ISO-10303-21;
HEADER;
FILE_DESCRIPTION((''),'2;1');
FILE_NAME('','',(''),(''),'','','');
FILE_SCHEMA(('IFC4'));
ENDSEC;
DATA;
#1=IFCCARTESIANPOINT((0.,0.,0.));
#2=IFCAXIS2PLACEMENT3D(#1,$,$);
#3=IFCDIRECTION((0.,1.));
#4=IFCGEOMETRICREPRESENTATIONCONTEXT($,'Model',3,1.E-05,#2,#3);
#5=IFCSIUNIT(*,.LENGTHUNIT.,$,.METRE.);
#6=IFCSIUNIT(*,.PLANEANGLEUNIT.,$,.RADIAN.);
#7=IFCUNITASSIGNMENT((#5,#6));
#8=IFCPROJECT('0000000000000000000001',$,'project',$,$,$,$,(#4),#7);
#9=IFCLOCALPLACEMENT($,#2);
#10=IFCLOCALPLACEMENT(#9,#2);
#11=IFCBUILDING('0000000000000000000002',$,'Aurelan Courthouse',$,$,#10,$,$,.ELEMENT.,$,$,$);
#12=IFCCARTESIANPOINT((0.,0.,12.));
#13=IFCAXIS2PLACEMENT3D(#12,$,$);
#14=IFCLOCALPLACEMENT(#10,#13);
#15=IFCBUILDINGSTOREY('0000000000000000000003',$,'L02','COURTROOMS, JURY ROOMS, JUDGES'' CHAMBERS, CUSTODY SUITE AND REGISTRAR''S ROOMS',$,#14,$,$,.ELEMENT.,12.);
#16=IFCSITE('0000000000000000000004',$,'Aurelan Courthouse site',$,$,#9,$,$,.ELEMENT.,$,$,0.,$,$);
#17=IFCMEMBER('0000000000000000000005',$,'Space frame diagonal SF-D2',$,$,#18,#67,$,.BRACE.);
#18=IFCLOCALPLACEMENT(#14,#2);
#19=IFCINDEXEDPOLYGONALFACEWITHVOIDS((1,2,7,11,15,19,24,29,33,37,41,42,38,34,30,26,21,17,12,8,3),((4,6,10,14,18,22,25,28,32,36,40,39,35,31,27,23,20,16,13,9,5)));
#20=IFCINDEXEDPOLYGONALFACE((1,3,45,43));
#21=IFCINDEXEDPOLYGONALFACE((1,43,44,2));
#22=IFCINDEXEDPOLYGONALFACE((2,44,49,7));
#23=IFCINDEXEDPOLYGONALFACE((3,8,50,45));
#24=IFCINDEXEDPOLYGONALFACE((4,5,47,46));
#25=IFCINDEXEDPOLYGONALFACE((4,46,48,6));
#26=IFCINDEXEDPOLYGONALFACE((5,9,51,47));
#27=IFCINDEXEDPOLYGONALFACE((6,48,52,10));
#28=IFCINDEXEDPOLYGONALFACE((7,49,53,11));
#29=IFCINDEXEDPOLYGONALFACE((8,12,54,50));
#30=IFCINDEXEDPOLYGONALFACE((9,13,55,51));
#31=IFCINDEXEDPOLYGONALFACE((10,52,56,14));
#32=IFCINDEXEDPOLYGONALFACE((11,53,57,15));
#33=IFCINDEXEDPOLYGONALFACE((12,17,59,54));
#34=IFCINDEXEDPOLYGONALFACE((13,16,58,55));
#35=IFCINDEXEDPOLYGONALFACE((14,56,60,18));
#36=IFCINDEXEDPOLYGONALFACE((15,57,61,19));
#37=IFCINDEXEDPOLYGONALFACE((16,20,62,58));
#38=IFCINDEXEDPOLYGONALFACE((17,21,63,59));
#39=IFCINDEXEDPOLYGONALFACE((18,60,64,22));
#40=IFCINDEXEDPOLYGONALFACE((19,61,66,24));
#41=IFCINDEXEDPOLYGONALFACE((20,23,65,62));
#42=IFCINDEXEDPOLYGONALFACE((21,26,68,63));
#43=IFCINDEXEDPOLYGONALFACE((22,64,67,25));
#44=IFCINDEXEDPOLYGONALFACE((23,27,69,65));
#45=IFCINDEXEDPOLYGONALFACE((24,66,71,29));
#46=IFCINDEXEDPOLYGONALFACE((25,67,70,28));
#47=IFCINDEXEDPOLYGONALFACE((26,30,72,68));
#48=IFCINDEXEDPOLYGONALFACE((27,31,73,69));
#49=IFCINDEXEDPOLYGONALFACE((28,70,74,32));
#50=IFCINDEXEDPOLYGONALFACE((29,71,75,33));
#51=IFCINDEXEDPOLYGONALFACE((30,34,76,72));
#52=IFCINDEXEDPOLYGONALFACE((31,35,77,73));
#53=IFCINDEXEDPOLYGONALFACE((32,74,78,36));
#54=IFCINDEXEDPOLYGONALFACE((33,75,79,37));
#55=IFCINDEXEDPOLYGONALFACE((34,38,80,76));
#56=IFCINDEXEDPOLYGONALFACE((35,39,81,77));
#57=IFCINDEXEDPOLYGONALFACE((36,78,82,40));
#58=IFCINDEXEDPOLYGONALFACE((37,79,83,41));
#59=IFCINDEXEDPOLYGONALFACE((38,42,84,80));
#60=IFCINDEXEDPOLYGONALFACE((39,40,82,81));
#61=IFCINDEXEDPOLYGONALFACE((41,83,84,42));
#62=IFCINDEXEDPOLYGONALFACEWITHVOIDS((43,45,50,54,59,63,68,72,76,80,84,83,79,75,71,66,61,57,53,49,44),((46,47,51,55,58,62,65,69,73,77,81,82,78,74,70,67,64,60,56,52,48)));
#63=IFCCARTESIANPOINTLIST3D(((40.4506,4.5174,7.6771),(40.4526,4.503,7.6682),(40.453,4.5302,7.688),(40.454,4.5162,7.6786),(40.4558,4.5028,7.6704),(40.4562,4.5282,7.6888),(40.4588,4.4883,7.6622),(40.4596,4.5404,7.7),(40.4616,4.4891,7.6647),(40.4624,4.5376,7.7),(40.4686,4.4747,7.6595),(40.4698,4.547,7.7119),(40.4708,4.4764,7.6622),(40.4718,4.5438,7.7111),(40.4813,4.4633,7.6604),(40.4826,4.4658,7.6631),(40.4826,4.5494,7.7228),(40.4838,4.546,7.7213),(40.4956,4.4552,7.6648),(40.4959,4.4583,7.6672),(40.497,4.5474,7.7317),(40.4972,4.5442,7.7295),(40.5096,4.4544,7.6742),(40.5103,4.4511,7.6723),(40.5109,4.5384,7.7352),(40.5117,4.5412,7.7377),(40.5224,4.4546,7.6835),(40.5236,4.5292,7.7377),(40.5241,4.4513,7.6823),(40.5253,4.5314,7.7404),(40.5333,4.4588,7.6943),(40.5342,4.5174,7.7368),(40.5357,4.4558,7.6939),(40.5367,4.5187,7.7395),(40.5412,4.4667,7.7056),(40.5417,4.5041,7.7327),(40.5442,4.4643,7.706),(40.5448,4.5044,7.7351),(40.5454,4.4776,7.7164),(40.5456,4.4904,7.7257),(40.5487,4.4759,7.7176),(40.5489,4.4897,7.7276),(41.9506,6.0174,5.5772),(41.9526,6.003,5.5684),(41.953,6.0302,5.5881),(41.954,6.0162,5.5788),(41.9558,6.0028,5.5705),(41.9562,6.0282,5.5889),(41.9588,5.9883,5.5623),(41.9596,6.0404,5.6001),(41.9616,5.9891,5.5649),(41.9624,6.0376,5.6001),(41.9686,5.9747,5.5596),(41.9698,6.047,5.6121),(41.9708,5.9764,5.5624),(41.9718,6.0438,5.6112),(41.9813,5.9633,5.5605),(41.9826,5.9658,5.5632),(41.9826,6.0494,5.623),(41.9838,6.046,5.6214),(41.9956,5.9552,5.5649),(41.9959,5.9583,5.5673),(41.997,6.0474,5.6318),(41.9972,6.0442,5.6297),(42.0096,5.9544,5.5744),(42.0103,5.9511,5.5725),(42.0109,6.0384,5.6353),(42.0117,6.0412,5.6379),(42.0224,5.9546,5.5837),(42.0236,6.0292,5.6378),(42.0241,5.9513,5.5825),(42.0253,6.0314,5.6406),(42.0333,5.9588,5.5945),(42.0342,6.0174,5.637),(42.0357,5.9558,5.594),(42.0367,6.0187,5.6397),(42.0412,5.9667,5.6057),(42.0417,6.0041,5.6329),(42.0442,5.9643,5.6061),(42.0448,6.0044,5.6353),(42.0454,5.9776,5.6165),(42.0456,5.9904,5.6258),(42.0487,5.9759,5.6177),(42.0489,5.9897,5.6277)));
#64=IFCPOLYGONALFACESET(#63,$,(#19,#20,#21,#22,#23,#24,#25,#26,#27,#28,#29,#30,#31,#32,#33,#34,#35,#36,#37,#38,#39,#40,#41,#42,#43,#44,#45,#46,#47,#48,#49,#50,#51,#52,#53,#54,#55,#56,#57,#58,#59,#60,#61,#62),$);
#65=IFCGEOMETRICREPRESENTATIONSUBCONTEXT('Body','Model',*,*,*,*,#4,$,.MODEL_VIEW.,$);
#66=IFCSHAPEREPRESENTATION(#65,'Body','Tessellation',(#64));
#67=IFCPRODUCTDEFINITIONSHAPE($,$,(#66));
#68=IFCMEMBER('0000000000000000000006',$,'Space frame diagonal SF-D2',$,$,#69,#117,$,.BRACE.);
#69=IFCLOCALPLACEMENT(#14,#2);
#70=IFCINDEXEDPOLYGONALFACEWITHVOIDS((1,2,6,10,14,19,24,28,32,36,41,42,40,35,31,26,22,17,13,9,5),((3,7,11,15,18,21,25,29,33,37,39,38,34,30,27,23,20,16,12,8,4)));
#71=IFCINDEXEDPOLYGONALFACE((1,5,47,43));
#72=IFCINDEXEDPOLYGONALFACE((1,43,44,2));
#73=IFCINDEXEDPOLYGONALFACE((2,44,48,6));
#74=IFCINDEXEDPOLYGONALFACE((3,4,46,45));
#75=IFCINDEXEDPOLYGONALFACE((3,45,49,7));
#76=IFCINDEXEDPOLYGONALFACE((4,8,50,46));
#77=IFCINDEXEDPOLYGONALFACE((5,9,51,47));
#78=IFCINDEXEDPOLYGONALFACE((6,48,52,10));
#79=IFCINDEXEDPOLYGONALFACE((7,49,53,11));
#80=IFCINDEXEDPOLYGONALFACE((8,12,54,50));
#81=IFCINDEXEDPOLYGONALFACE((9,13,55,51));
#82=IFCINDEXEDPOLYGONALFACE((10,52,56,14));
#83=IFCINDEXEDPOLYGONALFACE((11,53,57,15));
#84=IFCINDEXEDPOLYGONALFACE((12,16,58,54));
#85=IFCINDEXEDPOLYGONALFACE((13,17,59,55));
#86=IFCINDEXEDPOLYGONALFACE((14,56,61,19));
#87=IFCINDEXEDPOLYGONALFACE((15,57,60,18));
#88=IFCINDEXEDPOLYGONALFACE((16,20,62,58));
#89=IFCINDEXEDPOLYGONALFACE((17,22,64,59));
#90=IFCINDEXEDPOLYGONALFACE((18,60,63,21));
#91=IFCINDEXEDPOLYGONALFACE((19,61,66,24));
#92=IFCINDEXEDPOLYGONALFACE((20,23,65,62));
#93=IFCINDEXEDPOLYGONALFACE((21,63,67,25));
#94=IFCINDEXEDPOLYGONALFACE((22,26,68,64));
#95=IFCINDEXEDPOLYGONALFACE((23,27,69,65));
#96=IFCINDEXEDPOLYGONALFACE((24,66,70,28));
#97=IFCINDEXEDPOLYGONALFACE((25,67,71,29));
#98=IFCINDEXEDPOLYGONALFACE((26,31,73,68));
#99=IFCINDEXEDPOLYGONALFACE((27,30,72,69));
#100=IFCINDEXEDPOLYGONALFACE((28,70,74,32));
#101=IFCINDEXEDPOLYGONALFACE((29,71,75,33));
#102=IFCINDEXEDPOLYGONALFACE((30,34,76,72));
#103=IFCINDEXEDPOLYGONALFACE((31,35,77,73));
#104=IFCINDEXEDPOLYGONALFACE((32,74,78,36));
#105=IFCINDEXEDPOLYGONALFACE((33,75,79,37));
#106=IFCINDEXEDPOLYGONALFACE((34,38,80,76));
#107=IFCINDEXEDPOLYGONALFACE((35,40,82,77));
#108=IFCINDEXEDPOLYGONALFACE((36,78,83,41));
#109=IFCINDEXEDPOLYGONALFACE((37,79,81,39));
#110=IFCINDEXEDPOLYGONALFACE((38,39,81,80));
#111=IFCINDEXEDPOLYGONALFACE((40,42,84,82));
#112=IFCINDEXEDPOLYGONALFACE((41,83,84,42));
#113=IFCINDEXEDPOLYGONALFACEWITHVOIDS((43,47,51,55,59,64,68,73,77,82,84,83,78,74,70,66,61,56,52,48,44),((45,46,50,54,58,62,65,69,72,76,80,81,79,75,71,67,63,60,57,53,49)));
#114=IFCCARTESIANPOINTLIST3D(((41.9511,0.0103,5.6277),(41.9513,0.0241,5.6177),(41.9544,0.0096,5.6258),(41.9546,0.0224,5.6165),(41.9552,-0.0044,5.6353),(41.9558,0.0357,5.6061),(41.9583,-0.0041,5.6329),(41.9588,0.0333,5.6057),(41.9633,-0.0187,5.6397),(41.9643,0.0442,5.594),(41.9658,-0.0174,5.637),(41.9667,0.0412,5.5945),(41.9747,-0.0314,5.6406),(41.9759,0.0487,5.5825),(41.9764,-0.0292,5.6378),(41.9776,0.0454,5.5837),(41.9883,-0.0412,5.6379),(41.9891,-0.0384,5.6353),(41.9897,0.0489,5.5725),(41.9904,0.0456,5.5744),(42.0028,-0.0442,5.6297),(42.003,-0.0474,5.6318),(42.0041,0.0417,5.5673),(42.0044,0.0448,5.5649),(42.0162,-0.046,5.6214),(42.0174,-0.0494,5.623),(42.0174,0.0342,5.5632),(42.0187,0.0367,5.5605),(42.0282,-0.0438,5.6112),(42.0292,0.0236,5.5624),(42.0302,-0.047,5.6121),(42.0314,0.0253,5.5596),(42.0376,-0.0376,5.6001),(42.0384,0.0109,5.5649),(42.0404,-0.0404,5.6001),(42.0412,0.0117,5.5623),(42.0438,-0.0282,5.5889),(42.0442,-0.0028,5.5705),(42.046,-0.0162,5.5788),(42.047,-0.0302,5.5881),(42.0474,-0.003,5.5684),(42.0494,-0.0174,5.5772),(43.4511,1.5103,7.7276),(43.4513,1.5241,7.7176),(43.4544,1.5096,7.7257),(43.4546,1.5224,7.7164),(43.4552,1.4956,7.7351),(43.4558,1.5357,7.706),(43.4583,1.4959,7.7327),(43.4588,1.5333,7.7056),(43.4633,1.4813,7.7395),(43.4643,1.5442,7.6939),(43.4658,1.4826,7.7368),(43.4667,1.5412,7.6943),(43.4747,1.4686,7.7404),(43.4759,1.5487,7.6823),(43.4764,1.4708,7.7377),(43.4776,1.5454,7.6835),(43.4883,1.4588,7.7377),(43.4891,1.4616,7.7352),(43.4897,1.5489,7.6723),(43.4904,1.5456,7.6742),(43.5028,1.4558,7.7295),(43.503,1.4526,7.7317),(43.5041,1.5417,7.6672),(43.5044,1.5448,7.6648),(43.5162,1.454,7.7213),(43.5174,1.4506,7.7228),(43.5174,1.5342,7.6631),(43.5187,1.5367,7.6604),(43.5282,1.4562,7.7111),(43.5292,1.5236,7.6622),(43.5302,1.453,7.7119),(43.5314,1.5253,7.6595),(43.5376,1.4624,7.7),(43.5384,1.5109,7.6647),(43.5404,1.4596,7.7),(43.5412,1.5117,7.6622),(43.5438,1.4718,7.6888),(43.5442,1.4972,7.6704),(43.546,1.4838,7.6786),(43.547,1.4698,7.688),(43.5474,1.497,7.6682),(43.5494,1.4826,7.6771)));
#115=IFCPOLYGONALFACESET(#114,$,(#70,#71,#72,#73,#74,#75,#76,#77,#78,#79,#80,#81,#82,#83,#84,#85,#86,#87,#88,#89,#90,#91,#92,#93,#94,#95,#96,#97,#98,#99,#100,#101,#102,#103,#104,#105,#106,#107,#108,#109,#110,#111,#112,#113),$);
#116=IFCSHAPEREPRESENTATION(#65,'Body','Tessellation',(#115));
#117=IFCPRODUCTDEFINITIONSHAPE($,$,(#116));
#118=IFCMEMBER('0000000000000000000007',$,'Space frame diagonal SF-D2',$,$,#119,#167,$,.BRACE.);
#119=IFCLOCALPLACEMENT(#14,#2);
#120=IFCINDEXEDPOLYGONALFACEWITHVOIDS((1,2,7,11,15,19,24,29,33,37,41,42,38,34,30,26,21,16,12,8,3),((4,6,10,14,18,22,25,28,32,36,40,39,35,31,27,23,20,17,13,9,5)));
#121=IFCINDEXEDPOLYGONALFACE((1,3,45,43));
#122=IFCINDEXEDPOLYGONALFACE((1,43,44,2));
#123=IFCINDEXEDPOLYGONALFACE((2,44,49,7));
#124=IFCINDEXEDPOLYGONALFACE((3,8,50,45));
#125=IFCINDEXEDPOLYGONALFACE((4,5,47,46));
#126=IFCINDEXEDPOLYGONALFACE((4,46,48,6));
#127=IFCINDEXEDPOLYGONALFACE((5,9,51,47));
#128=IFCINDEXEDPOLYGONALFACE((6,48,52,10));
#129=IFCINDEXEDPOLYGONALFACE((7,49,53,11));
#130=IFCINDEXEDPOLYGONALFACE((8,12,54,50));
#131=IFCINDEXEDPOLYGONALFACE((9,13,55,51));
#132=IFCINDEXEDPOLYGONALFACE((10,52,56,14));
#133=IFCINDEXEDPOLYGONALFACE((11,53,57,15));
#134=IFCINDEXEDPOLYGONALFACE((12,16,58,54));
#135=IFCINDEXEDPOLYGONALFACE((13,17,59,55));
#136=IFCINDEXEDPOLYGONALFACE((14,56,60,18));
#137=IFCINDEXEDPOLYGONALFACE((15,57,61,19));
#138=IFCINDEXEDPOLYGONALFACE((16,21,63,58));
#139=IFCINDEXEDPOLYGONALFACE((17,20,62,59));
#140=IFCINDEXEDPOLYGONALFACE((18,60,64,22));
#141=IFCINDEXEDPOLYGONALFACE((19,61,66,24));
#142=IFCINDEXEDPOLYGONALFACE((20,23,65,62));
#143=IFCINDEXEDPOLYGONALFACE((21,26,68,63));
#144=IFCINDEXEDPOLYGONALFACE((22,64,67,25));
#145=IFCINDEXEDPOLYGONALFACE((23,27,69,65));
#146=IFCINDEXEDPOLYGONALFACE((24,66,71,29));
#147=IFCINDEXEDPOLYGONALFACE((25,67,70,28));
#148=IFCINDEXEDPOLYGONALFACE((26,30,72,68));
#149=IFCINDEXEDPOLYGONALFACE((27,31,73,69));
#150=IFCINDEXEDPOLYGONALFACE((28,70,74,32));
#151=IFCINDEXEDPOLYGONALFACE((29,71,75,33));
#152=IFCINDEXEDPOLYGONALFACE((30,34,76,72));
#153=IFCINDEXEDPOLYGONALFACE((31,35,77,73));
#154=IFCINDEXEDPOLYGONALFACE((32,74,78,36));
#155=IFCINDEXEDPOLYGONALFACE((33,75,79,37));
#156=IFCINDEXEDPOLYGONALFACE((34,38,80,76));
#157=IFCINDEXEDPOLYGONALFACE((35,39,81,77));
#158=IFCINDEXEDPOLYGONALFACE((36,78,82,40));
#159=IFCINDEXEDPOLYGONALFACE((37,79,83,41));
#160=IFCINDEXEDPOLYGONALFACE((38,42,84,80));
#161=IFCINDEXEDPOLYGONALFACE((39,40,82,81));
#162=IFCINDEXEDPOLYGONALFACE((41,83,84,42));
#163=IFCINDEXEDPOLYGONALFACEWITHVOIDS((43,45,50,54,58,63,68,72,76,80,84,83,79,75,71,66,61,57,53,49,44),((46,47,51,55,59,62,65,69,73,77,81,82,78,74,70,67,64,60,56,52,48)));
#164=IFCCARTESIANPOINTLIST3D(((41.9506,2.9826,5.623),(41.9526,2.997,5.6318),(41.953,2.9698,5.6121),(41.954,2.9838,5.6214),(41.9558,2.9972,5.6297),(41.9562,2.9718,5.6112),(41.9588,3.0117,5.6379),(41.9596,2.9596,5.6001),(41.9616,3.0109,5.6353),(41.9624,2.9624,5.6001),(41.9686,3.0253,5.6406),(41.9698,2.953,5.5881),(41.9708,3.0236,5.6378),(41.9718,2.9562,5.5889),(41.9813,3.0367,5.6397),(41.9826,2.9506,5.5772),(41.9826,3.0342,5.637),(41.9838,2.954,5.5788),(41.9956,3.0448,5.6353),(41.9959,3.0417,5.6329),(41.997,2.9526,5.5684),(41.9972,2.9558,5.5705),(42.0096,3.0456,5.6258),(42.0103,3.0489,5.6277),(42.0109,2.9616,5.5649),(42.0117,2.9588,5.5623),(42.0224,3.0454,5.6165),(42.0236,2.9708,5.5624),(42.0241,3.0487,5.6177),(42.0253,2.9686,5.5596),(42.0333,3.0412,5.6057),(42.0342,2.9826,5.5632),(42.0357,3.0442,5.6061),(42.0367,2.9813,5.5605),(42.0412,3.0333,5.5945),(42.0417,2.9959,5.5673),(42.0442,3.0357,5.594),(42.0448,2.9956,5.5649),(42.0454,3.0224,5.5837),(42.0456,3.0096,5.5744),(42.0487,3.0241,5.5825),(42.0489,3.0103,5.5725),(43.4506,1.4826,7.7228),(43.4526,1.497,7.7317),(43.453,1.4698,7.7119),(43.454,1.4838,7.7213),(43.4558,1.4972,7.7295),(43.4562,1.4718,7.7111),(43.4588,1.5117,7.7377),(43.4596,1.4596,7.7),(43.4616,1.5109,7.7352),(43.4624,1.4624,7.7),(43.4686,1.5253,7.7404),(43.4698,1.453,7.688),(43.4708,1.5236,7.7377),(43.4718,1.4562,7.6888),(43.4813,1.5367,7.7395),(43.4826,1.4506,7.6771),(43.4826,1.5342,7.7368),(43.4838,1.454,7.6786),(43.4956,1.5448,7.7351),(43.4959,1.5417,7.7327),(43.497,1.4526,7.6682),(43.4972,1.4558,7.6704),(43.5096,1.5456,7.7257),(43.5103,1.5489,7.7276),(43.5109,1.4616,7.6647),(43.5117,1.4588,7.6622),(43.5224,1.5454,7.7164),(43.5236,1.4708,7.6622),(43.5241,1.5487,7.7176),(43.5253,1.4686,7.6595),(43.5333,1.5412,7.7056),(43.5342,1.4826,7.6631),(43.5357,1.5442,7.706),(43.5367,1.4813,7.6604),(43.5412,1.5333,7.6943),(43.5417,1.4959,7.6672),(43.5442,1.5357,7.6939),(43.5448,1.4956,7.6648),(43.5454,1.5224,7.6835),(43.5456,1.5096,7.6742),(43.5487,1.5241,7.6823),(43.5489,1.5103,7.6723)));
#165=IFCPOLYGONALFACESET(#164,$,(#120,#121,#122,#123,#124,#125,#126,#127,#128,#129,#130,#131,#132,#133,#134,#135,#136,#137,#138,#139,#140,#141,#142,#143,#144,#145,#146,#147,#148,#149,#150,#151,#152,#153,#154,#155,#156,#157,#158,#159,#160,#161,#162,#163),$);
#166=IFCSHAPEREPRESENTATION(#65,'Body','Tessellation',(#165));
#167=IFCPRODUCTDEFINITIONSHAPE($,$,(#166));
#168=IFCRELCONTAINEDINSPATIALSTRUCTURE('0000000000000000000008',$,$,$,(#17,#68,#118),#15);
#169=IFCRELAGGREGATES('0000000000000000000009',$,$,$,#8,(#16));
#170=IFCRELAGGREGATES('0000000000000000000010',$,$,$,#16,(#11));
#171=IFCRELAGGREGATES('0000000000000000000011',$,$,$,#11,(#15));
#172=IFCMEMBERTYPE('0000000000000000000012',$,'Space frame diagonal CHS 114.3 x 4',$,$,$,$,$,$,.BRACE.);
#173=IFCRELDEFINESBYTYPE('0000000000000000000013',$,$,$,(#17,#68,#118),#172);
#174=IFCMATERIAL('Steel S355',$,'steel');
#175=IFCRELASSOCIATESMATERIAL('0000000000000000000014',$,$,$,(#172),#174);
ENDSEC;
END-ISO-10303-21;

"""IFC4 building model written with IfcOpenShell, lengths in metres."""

from ifc_helpers import new_model, si_unit, direction, frame, origin, origin_2d, place, context, subcontext, project, spatial, hollow_circle, extrude, material, material_profile, profile_set, type_object, element, save


model = new_model("IFC4")

# Units and contexts
model_context = context("Model", 3, precision=1e-05, world=origin(), true_north=direction((0.0, 1.0)))
body_context = subcontext(model_context, "Body", "Model", "MODEL_VIEW")
ifc_project = project(units=[si_unit("LENGTHUNIT", "METRE"), si_unit("PLANEANGLEUNIT", "RADIAN")], contexts=[model_context])

# Site, building, storey
site_placement = place(None, origin())
site = spatial("IfcSite", under=ifc_project, at=site_placement, Name="Aurelan Courthouse site", CompositionType="ELEMENT", RefElevation=0.0)
building_placement = place(site_placement, origin())
building = spatial("IfcBuilding", under=site, at=building_placement, Name="Aurelan Courthouse", CompositionType="ELEMENT")
storey_placement = place(building_placement, frame((0.0, 0.0, 12.0)))
storey = spatial("IfcBuildingStorey", under=building, at=storey_placement, Name="L02", Description="COURTROOMS, JURY ROOMS, JUDGES' CHAMBERS, CUSTODY SUITE AND REGISTRAR'S ROOMS", CompositionType="ELEMENT", Elevation=12.0)

# Members
ifc_material_1 = material(Name="Steel S355", Category="steel")
ifc_material_profile_1 = material_profile(ifc_material_1, hollow_circle(Radius=0.0571, WallThickness=0.0039, at=origin_2d()), Name="CHS 114.3 x 4")
ifc_profile_set_1 = profile_set([ifc_material_profile_1], Name="Steel S355")
member_type_1 = type_object("IfcMemberType", Name="Space frame diagonal CHS 114.3 x 4", PredefinedType="BRACE", material=ifc_profile_set_1)
for number, where, z_axis, x_axis, name in (
    (1, (40.5, 4.5, 7.7), (0.502536, 0.502536, -0.703502), (-0.707107, 0.707107, 0.0), "Space frame diagonal SF-D2"),
    (2, (43.5, 1.5, 7.7), (-0.502536, -0.502536, -0.703502), (0.707107, -0.707107, 0.0), "Space frame diagonal SF-D2"),
    (3, (43.5, 1.5, 7.7), (-0.502536, 0.502536, -0.703502), (-0.707107, -0.707107, 0.0), "Space frame diagonal SF-D2"),
):
    element("IfcMember", number, at=place(storey_placement, frame(where, z_axis=z_axis, x_axis=x_axis)), inside=storey, type_object=member_type_1, Name=name, PredefinedType="BRACE", context=body_context, shape_type="SweptSolid", body=[
        extrude(hollow_circle(Radius=0.0571, WallThickness=0.0039, at=origin_2d()), origin(), (0.0, 0.0, 1.0), 2.9849),
    ])

save(model, "model.ifc")
